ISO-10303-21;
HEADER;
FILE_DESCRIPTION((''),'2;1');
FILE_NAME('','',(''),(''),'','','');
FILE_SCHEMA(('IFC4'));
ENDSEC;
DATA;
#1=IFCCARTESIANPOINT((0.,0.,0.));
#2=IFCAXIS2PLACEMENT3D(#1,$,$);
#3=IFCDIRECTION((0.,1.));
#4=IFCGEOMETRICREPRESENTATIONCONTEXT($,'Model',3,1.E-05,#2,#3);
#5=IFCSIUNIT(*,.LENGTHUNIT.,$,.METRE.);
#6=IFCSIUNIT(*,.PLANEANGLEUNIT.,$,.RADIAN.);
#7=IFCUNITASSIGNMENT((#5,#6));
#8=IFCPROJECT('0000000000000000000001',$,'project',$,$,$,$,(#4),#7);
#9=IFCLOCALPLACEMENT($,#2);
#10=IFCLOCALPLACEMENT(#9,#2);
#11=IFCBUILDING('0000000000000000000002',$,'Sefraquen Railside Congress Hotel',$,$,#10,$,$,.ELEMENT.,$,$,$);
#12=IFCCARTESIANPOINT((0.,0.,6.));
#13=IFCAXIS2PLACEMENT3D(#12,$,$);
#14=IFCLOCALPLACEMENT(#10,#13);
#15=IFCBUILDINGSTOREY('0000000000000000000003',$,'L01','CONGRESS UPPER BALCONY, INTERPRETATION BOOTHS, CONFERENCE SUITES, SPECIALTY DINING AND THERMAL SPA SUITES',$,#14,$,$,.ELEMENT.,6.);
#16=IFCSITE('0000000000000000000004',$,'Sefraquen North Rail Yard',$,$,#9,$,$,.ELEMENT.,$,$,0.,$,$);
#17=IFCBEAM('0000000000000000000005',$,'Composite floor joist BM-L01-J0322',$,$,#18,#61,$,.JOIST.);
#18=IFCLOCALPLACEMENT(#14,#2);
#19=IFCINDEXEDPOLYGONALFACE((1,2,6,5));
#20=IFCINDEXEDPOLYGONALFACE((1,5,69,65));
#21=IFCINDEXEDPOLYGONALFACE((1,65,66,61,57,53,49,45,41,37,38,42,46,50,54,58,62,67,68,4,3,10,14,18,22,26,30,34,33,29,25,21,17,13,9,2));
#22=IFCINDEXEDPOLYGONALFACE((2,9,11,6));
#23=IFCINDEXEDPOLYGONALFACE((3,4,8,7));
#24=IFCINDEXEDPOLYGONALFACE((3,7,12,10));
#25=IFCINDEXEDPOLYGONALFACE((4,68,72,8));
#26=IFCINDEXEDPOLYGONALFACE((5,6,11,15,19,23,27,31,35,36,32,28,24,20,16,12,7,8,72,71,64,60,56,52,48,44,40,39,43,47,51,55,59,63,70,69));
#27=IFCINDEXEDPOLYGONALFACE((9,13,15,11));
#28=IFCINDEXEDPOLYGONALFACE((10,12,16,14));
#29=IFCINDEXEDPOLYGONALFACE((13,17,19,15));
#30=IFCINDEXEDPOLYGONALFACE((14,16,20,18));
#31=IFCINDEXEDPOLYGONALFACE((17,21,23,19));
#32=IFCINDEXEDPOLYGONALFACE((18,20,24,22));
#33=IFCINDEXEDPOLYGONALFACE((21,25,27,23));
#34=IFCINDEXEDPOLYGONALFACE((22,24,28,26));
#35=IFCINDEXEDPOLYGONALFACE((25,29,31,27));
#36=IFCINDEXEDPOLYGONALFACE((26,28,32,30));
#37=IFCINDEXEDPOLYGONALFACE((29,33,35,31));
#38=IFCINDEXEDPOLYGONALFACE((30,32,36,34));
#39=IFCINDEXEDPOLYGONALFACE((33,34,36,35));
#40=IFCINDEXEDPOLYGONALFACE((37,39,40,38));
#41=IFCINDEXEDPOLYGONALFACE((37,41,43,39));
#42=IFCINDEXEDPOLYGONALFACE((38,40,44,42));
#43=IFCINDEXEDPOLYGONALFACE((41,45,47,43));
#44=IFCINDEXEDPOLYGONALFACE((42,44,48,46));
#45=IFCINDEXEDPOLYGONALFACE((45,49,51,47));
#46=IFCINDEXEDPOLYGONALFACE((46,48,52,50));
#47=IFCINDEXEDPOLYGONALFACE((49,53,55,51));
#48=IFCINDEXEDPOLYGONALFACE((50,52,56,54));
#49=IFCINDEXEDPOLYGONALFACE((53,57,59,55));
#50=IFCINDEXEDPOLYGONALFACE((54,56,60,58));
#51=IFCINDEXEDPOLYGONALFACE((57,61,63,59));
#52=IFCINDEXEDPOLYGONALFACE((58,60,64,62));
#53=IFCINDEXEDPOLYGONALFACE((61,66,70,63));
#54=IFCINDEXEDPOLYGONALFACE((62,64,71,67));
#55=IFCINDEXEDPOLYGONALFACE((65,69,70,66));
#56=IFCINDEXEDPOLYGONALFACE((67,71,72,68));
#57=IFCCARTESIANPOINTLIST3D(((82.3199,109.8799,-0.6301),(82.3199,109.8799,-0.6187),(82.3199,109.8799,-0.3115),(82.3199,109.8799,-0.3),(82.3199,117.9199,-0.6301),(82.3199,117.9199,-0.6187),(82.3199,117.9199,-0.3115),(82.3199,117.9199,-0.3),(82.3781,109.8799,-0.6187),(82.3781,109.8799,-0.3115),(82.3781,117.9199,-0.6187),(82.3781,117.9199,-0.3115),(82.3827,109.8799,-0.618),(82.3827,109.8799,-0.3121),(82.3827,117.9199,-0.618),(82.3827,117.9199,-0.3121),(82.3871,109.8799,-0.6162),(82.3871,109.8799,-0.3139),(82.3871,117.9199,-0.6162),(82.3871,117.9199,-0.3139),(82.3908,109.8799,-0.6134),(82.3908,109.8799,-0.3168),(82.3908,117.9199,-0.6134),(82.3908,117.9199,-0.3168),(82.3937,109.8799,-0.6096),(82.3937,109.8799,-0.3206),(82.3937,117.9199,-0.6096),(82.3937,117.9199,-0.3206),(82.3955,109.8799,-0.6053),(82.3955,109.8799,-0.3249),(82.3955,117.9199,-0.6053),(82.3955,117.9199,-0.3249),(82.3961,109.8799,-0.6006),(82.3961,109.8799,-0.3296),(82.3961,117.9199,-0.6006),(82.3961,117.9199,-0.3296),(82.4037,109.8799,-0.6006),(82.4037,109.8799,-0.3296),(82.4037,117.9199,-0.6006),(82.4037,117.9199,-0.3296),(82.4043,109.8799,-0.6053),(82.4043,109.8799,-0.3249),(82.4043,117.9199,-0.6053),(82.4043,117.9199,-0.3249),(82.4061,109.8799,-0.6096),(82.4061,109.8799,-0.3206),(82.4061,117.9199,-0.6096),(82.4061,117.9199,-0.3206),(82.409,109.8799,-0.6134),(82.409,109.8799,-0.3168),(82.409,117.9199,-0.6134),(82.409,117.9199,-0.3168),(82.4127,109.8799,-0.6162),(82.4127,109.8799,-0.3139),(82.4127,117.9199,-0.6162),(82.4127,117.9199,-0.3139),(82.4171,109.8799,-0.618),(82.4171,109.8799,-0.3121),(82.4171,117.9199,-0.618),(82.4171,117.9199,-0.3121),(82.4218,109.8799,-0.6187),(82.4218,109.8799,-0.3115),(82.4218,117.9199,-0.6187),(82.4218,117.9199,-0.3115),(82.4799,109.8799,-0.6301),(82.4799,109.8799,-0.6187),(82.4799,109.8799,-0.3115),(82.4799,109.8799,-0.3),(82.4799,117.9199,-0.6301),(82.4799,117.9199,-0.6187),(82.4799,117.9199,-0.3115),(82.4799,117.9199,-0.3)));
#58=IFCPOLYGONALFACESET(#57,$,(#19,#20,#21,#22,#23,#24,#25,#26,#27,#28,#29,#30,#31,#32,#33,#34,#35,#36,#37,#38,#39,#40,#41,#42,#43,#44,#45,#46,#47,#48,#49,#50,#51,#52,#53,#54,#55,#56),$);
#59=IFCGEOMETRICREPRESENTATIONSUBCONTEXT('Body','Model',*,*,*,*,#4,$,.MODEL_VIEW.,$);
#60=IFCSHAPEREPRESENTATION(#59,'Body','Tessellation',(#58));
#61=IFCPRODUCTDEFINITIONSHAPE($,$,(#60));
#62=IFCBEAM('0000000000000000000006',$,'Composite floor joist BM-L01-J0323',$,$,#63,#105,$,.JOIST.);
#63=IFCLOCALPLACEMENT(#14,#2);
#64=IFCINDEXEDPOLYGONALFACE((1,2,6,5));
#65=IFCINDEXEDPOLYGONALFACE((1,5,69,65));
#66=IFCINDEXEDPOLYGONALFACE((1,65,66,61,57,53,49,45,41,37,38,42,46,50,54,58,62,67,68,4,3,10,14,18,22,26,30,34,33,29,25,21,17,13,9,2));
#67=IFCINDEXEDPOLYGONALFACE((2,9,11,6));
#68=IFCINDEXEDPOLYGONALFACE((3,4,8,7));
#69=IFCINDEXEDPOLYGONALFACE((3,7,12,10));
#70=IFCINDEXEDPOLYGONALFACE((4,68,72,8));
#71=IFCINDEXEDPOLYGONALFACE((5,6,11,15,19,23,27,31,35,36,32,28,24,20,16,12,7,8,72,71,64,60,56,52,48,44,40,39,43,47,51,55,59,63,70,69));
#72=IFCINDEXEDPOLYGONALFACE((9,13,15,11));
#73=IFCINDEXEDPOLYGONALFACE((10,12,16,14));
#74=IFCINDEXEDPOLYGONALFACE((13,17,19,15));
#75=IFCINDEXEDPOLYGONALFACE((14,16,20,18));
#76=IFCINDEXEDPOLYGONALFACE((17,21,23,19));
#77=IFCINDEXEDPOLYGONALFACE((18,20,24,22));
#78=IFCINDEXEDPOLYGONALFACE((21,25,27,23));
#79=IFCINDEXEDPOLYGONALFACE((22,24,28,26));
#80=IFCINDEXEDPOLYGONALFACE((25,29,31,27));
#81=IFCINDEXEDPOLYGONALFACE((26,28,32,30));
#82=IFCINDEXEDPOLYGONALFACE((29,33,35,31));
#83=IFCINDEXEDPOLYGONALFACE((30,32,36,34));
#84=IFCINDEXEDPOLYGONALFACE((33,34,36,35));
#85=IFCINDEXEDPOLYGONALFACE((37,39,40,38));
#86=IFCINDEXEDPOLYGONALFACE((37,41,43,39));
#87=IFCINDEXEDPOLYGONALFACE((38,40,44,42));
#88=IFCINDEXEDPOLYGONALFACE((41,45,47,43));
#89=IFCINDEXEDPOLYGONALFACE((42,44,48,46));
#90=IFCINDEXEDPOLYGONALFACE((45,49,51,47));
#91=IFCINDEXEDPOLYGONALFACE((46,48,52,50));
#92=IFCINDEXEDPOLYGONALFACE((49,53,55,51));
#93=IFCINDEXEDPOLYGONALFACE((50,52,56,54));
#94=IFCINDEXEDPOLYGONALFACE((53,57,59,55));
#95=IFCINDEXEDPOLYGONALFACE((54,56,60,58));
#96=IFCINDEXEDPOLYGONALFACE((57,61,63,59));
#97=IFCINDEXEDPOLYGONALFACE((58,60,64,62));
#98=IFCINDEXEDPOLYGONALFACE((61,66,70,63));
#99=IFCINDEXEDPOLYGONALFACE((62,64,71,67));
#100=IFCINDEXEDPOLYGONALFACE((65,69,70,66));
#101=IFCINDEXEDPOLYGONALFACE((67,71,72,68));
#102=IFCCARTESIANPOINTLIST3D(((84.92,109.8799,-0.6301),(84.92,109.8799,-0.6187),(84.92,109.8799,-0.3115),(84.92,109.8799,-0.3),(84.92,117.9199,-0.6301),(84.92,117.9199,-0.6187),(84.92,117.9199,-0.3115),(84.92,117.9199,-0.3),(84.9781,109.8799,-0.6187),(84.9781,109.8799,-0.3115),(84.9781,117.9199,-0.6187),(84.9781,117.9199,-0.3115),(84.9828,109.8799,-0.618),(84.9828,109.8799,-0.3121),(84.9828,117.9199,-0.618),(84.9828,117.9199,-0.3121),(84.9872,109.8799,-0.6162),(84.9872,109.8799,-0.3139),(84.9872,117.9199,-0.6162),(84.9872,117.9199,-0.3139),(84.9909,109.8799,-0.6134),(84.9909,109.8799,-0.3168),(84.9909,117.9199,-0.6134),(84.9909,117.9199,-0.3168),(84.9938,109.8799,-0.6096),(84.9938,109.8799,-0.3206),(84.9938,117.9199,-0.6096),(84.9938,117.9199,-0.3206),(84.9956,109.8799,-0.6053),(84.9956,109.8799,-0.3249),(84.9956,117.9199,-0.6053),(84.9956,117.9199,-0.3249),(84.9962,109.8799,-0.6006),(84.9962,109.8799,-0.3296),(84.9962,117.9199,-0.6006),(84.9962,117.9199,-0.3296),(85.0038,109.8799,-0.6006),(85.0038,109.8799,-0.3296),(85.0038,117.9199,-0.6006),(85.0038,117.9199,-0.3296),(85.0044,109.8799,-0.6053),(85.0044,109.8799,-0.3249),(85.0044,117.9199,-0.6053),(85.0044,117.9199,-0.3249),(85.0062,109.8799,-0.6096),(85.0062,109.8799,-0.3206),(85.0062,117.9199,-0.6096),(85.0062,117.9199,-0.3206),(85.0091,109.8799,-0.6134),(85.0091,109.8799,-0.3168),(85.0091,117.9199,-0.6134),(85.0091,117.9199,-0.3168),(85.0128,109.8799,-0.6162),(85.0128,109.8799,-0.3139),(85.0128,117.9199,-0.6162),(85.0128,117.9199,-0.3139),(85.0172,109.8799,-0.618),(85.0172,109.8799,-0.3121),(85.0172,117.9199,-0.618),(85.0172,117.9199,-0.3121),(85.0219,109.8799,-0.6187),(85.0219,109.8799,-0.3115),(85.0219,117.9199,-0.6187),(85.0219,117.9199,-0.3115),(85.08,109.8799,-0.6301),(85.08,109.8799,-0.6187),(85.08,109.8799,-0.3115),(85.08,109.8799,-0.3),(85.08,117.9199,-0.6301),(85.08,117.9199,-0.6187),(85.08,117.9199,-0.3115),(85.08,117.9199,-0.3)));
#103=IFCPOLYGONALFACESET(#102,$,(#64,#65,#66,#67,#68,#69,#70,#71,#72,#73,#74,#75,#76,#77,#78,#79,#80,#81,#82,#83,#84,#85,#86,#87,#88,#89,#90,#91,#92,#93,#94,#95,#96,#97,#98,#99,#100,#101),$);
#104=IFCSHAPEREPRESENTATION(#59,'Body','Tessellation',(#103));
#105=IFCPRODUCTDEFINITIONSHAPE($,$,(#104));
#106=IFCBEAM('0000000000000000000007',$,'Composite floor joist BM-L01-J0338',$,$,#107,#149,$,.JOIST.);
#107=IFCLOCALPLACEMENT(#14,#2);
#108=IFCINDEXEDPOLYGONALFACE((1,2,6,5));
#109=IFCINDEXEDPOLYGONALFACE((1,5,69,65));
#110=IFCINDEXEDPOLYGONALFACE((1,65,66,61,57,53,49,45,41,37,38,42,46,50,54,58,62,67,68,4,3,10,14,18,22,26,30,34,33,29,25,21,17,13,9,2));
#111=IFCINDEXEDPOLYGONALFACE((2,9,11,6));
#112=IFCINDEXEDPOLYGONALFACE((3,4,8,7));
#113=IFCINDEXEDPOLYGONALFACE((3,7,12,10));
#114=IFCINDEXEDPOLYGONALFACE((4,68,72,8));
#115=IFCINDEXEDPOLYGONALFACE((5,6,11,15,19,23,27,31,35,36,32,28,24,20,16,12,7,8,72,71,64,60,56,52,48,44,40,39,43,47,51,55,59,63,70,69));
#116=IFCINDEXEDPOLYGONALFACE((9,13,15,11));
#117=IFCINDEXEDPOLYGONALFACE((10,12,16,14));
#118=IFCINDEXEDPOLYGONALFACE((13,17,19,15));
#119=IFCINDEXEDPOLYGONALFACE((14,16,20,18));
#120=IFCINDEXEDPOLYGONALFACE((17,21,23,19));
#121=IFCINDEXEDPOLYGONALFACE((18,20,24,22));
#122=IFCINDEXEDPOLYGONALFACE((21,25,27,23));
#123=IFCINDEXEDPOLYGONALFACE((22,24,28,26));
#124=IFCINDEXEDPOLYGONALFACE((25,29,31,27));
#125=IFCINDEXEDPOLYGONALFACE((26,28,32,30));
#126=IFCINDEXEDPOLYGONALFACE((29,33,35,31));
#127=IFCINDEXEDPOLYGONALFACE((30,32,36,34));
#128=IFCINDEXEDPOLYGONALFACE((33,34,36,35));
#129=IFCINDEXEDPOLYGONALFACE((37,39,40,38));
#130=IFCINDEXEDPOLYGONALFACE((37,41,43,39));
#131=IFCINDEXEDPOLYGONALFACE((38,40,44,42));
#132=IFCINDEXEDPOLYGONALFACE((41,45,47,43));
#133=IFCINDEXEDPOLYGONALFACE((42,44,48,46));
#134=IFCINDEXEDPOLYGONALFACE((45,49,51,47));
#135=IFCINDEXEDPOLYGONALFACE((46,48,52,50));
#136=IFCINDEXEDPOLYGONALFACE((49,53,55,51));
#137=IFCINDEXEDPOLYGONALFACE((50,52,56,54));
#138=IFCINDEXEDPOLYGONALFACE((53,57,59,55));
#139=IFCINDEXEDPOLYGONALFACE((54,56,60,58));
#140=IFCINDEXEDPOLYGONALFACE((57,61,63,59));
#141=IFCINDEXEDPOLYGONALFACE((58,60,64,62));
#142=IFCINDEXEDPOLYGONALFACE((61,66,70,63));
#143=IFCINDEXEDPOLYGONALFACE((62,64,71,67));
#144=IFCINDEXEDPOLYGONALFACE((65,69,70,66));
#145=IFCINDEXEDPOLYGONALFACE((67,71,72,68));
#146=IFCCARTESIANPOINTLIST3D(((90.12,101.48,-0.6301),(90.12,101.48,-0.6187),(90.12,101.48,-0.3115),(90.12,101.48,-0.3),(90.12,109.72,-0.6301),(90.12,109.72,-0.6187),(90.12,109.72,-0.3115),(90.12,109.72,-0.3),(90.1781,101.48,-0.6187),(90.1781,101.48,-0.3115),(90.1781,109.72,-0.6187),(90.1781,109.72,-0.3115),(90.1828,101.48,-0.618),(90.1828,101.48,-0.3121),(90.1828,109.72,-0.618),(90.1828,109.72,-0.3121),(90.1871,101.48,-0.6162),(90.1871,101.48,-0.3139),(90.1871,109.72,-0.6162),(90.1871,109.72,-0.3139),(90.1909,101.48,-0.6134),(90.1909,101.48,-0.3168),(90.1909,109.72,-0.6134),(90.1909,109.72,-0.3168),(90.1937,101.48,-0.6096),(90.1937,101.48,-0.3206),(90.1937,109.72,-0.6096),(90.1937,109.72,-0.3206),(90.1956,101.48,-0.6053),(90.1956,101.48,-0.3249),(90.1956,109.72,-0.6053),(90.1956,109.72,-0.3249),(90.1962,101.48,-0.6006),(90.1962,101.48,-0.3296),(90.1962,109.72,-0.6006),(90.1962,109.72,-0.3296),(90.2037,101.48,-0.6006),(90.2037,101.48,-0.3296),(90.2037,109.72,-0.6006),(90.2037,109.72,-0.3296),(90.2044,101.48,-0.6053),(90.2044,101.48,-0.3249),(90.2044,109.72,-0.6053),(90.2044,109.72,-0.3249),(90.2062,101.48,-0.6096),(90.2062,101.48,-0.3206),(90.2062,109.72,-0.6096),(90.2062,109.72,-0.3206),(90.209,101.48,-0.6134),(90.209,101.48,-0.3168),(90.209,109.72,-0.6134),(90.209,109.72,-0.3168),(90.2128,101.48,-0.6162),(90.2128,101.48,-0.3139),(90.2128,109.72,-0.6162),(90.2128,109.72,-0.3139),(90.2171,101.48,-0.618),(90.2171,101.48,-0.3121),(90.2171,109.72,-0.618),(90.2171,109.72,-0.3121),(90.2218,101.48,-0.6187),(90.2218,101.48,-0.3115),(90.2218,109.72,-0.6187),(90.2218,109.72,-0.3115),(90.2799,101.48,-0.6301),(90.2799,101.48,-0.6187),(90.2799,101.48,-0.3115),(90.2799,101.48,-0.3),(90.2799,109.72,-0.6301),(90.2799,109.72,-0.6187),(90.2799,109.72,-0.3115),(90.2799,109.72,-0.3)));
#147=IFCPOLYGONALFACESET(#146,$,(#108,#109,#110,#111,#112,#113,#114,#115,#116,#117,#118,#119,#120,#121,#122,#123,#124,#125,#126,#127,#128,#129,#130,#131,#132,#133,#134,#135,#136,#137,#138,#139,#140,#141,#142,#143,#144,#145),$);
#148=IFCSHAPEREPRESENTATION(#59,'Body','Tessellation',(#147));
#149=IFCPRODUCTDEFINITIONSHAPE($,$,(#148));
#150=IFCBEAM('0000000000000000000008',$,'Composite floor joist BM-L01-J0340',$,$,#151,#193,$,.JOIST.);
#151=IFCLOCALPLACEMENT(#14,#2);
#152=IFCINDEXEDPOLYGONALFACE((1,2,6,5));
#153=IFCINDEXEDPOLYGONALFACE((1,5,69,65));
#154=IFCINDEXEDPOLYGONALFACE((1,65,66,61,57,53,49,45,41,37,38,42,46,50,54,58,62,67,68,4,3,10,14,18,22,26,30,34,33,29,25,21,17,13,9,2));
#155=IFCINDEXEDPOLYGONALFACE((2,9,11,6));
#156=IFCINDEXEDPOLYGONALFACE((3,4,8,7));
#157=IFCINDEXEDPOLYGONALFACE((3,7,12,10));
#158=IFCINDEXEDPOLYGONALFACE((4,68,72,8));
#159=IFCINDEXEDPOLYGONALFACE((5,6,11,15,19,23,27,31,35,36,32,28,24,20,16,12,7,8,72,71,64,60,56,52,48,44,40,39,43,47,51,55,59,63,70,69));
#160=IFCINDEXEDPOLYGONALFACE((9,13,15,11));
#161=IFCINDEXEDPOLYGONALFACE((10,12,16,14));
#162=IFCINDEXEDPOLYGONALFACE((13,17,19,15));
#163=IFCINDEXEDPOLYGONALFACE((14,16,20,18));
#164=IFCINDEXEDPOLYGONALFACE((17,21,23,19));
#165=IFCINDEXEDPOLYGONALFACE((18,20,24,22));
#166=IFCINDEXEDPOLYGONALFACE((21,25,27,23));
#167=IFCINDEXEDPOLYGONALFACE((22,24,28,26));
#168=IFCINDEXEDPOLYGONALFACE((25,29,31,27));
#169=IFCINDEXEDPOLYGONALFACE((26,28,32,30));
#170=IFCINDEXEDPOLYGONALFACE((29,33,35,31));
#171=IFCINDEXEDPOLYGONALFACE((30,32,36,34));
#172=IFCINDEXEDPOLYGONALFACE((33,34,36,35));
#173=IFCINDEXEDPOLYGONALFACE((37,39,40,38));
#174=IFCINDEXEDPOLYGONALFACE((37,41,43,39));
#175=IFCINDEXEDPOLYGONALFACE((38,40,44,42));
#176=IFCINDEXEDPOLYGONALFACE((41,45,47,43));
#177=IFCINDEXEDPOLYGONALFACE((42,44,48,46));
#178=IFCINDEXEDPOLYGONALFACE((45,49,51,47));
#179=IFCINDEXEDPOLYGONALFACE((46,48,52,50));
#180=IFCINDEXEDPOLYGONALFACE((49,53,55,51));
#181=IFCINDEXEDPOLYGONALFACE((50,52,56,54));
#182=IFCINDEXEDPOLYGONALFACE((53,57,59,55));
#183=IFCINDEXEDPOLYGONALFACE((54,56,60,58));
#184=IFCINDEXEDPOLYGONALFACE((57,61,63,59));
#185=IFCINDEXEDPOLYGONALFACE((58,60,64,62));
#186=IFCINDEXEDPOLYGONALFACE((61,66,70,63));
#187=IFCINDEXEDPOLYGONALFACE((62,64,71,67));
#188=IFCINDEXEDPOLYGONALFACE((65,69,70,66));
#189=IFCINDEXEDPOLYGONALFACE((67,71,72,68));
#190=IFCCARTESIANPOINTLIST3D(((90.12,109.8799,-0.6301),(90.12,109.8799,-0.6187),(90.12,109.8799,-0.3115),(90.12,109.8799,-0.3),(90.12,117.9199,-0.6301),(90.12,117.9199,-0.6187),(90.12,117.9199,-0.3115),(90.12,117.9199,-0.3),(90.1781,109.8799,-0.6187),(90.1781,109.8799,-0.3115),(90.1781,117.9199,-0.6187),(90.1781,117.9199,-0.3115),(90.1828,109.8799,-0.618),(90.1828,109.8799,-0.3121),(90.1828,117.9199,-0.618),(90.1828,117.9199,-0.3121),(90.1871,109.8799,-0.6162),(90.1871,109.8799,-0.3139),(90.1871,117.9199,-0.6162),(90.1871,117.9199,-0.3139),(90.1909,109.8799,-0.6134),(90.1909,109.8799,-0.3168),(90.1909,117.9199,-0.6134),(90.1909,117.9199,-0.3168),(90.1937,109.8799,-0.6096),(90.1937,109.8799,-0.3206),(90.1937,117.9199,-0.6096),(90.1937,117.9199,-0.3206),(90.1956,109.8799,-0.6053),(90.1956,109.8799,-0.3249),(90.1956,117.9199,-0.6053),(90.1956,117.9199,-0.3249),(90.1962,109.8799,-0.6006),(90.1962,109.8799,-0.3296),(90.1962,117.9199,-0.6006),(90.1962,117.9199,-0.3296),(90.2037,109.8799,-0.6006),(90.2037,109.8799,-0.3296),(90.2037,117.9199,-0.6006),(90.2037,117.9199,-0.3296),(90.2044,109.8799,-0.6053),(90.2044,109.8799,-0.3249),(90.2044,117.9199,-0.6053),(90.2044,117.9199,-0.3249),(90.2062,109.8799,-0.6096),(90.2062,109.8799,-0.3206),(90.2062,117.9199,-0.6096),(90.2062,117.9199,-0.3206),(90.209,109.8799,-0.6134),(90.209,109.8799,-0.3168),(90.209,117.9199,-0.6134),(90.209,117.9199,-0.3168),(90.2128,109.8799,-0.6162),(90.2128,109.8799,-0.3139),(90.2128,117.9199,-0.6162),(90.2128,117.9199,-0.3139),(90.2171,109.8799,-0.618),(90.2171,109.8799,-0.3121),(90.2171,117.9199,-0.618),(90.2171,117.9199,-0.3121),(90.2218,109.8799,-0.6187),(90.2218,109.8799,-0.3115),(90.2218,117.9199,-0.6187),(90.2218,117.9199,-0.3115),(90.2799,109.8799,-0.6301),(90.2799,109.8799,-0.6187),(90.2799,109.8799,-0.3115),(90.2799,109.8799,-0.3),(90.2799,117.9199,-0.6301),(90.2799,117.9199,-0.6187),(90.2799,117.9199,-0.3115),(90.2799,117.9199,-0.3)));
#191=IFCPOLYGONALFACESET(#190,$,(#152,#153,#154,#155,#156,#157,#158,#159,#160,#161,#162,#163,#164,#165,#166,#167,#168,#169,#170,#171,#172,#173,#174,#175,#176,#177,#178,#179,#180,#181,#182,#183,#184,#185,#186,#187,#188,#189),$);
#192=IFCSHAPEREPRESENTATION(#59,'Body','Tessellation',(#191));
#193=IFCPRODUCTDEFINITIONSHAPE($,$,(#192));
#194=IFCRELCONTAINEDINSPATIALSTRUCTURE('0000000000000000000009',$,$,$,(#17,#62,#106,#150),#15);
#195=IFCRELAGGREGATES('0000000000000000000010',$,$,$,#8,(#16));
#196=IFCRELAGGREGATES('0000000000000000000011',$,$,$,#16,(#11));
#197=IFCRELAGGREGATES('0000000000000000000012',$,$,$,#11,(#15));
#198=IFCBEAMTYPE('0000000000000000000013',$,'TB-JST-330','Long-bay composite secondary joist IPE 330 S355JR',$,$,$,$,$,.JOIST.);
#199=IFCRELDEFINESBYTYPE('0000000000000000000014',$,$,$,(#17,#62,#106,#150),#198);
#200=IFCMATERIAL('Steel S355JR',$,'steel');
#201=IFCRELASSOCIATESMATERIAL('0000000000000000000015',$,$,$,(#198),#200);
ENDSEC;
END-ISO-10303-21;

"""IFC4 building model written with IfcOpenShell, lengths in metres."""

from ifc_helpers import new_model, si_unit, direction, frame, origin, origin_2d, place, context, subcontext, project, spatial, i_section, extrude, material, material_profile, profile_set, type_object, element, save


model = new_model("IFC4")

# Units and contexts
model_context = context("Model", 3, precision=1e-05, world=origin(), true_north=direction((0.0, 1.0)))
body_context = subcontext(model_context, "Body", "Model", "MODEL_VIEW")
ifc_project = project(units=[si_unit("LENGTHUNIT", "METRE"), si_unit("PLANEANGLEUNIT", "RADIAN")], contexts=[model_context])

# Site, building, storey
site_placement = place(None, origin())
site = spatial("IfcSite", under=ifc_project, at=site_placement, Name="Sefraquen North Rail Yard", CompositionType="ELEMENT", RefElevation=0.0)
building_placement = place(site_placement, origin())
building = spatial("IfcBuilding", under=site, at=building_placement, Name="Sefraquen Railside Congress Hotel", CompositionType="ELEMENT")
storey_placement = place(building_placement, frame((0.0, 0.0, 6.0)))
storey = spatial("IfcBuildingStorey", under=building, at=storey_placement, Name="L01", Description="CONGRESS UPPER BALCONY, INTERPRETATION BOOTHS, CONFERENCE SUITES, SPECIALTY DINING AND THERMAL SPA SUITES", CompositionType="ELEMENT", Elevation=6.0)

# Shared definitions
ifc_material_1 = material(Name="Steel S355JR", Category="steel")

# Beams
ifc_material_profile_1 = material_profile(ifc_material_1, i_section(OverallWidth=0.1599, OverallDepth=0.3301, WebThickness=0.0076, FlangeThickness=0.0115, FilletRadius=0.0181, at=origin_2d()), Name="IPE 330")
ifc_profile_set_1 = profile_set([ifc_material_profile_1], Name="Steel S355JR")
beam_type_1 = type_object("IfcBeamType", Name="TB-JST-330", Description="Long-bay composite secondary joist IPE 330 S355JR", PredefinedType="JOIST", material=ifc_profile_set_1)
for number, where, z_axis, x_axis, name in (
    (1, (82.3999, 109.8799, -0.4651), (0.0, 1.0, 0.0), (-1.0, 0.0, 0.0), "Composite floor joist BM-L01-J0322"),
    (2, (85.0, 109.8799, -0.4651), (0.0, 1.0, 0.0), (-1.0, 0.0, 0.0), "Composite floor joist BM-L01-J0323"),
):
    element("IfcBeam", number, at=place(storey_placement, frame(where, z_axis=z_axis, x_axis=x_axis)), inside=storey, type_object=beam_type_1, Name=name, PredefinedType="JOIST", context=body_context, shape_type="SweptSolid", body=[
        extrude(i_section(OverallWidth=0.1599, OverallDepth=0.3301, WebThickness=0.0076, FlangeThickness=0.0115, FilletRadius=0.0181, at=origin_2d()), origin(), (0.0, 0.0, 1.0), 8.04),
    ])
beam_1_placement = place(storey_placement, frame((90.2, 101.48, -0.4651), z_axis=(0.0, 1.0, 0.0), x_axis=(-1.0, 0.0, 0.0)))
element("IfcBeam", 3, at=beam_1_placement, inside=storey, type_object=beam_type_1, Name="Composite floor joist BM-L01-J0338", PredefinedType="JOIST", context=body_context, shape_type="SweptSolid", body=[
    extrude(i_section(OverallWidth=0.1599, OverallDepth=0.3301, WebThickness=0.0076, FlangeThickness=0.0115, FilletRadius=0.0181, at=origin_2d()), origin(), (0.0, 0.0, 1.0), 8.24),
])
beam_2_placement = place(storey_placement, frame((90.2, 109.8799, -0.4651), z_axis=(0.0, 1.0, 0.0), x_axis=(-1.0, 0.0, 0.0)))
element("IfcBeam", 4, at=beam_2_placement, inside=storey, type_object=beam_type_1, Name="Composite floor joist BM-L01-J0340", PredefinedType="JOIST", context=body_context, shape_type="SweptSolid", body=[
    extrude(i_section(OverallWidth=0.1599, OverallDepth=0.3301, WebThickness=0.0076, FlangeThickness=0.0115, FilletRadius=0.0181, at=origin_2d()), origin(), (0.0, 0.0, 1.0), 8.04),
])

save(model, "model.ifc")
